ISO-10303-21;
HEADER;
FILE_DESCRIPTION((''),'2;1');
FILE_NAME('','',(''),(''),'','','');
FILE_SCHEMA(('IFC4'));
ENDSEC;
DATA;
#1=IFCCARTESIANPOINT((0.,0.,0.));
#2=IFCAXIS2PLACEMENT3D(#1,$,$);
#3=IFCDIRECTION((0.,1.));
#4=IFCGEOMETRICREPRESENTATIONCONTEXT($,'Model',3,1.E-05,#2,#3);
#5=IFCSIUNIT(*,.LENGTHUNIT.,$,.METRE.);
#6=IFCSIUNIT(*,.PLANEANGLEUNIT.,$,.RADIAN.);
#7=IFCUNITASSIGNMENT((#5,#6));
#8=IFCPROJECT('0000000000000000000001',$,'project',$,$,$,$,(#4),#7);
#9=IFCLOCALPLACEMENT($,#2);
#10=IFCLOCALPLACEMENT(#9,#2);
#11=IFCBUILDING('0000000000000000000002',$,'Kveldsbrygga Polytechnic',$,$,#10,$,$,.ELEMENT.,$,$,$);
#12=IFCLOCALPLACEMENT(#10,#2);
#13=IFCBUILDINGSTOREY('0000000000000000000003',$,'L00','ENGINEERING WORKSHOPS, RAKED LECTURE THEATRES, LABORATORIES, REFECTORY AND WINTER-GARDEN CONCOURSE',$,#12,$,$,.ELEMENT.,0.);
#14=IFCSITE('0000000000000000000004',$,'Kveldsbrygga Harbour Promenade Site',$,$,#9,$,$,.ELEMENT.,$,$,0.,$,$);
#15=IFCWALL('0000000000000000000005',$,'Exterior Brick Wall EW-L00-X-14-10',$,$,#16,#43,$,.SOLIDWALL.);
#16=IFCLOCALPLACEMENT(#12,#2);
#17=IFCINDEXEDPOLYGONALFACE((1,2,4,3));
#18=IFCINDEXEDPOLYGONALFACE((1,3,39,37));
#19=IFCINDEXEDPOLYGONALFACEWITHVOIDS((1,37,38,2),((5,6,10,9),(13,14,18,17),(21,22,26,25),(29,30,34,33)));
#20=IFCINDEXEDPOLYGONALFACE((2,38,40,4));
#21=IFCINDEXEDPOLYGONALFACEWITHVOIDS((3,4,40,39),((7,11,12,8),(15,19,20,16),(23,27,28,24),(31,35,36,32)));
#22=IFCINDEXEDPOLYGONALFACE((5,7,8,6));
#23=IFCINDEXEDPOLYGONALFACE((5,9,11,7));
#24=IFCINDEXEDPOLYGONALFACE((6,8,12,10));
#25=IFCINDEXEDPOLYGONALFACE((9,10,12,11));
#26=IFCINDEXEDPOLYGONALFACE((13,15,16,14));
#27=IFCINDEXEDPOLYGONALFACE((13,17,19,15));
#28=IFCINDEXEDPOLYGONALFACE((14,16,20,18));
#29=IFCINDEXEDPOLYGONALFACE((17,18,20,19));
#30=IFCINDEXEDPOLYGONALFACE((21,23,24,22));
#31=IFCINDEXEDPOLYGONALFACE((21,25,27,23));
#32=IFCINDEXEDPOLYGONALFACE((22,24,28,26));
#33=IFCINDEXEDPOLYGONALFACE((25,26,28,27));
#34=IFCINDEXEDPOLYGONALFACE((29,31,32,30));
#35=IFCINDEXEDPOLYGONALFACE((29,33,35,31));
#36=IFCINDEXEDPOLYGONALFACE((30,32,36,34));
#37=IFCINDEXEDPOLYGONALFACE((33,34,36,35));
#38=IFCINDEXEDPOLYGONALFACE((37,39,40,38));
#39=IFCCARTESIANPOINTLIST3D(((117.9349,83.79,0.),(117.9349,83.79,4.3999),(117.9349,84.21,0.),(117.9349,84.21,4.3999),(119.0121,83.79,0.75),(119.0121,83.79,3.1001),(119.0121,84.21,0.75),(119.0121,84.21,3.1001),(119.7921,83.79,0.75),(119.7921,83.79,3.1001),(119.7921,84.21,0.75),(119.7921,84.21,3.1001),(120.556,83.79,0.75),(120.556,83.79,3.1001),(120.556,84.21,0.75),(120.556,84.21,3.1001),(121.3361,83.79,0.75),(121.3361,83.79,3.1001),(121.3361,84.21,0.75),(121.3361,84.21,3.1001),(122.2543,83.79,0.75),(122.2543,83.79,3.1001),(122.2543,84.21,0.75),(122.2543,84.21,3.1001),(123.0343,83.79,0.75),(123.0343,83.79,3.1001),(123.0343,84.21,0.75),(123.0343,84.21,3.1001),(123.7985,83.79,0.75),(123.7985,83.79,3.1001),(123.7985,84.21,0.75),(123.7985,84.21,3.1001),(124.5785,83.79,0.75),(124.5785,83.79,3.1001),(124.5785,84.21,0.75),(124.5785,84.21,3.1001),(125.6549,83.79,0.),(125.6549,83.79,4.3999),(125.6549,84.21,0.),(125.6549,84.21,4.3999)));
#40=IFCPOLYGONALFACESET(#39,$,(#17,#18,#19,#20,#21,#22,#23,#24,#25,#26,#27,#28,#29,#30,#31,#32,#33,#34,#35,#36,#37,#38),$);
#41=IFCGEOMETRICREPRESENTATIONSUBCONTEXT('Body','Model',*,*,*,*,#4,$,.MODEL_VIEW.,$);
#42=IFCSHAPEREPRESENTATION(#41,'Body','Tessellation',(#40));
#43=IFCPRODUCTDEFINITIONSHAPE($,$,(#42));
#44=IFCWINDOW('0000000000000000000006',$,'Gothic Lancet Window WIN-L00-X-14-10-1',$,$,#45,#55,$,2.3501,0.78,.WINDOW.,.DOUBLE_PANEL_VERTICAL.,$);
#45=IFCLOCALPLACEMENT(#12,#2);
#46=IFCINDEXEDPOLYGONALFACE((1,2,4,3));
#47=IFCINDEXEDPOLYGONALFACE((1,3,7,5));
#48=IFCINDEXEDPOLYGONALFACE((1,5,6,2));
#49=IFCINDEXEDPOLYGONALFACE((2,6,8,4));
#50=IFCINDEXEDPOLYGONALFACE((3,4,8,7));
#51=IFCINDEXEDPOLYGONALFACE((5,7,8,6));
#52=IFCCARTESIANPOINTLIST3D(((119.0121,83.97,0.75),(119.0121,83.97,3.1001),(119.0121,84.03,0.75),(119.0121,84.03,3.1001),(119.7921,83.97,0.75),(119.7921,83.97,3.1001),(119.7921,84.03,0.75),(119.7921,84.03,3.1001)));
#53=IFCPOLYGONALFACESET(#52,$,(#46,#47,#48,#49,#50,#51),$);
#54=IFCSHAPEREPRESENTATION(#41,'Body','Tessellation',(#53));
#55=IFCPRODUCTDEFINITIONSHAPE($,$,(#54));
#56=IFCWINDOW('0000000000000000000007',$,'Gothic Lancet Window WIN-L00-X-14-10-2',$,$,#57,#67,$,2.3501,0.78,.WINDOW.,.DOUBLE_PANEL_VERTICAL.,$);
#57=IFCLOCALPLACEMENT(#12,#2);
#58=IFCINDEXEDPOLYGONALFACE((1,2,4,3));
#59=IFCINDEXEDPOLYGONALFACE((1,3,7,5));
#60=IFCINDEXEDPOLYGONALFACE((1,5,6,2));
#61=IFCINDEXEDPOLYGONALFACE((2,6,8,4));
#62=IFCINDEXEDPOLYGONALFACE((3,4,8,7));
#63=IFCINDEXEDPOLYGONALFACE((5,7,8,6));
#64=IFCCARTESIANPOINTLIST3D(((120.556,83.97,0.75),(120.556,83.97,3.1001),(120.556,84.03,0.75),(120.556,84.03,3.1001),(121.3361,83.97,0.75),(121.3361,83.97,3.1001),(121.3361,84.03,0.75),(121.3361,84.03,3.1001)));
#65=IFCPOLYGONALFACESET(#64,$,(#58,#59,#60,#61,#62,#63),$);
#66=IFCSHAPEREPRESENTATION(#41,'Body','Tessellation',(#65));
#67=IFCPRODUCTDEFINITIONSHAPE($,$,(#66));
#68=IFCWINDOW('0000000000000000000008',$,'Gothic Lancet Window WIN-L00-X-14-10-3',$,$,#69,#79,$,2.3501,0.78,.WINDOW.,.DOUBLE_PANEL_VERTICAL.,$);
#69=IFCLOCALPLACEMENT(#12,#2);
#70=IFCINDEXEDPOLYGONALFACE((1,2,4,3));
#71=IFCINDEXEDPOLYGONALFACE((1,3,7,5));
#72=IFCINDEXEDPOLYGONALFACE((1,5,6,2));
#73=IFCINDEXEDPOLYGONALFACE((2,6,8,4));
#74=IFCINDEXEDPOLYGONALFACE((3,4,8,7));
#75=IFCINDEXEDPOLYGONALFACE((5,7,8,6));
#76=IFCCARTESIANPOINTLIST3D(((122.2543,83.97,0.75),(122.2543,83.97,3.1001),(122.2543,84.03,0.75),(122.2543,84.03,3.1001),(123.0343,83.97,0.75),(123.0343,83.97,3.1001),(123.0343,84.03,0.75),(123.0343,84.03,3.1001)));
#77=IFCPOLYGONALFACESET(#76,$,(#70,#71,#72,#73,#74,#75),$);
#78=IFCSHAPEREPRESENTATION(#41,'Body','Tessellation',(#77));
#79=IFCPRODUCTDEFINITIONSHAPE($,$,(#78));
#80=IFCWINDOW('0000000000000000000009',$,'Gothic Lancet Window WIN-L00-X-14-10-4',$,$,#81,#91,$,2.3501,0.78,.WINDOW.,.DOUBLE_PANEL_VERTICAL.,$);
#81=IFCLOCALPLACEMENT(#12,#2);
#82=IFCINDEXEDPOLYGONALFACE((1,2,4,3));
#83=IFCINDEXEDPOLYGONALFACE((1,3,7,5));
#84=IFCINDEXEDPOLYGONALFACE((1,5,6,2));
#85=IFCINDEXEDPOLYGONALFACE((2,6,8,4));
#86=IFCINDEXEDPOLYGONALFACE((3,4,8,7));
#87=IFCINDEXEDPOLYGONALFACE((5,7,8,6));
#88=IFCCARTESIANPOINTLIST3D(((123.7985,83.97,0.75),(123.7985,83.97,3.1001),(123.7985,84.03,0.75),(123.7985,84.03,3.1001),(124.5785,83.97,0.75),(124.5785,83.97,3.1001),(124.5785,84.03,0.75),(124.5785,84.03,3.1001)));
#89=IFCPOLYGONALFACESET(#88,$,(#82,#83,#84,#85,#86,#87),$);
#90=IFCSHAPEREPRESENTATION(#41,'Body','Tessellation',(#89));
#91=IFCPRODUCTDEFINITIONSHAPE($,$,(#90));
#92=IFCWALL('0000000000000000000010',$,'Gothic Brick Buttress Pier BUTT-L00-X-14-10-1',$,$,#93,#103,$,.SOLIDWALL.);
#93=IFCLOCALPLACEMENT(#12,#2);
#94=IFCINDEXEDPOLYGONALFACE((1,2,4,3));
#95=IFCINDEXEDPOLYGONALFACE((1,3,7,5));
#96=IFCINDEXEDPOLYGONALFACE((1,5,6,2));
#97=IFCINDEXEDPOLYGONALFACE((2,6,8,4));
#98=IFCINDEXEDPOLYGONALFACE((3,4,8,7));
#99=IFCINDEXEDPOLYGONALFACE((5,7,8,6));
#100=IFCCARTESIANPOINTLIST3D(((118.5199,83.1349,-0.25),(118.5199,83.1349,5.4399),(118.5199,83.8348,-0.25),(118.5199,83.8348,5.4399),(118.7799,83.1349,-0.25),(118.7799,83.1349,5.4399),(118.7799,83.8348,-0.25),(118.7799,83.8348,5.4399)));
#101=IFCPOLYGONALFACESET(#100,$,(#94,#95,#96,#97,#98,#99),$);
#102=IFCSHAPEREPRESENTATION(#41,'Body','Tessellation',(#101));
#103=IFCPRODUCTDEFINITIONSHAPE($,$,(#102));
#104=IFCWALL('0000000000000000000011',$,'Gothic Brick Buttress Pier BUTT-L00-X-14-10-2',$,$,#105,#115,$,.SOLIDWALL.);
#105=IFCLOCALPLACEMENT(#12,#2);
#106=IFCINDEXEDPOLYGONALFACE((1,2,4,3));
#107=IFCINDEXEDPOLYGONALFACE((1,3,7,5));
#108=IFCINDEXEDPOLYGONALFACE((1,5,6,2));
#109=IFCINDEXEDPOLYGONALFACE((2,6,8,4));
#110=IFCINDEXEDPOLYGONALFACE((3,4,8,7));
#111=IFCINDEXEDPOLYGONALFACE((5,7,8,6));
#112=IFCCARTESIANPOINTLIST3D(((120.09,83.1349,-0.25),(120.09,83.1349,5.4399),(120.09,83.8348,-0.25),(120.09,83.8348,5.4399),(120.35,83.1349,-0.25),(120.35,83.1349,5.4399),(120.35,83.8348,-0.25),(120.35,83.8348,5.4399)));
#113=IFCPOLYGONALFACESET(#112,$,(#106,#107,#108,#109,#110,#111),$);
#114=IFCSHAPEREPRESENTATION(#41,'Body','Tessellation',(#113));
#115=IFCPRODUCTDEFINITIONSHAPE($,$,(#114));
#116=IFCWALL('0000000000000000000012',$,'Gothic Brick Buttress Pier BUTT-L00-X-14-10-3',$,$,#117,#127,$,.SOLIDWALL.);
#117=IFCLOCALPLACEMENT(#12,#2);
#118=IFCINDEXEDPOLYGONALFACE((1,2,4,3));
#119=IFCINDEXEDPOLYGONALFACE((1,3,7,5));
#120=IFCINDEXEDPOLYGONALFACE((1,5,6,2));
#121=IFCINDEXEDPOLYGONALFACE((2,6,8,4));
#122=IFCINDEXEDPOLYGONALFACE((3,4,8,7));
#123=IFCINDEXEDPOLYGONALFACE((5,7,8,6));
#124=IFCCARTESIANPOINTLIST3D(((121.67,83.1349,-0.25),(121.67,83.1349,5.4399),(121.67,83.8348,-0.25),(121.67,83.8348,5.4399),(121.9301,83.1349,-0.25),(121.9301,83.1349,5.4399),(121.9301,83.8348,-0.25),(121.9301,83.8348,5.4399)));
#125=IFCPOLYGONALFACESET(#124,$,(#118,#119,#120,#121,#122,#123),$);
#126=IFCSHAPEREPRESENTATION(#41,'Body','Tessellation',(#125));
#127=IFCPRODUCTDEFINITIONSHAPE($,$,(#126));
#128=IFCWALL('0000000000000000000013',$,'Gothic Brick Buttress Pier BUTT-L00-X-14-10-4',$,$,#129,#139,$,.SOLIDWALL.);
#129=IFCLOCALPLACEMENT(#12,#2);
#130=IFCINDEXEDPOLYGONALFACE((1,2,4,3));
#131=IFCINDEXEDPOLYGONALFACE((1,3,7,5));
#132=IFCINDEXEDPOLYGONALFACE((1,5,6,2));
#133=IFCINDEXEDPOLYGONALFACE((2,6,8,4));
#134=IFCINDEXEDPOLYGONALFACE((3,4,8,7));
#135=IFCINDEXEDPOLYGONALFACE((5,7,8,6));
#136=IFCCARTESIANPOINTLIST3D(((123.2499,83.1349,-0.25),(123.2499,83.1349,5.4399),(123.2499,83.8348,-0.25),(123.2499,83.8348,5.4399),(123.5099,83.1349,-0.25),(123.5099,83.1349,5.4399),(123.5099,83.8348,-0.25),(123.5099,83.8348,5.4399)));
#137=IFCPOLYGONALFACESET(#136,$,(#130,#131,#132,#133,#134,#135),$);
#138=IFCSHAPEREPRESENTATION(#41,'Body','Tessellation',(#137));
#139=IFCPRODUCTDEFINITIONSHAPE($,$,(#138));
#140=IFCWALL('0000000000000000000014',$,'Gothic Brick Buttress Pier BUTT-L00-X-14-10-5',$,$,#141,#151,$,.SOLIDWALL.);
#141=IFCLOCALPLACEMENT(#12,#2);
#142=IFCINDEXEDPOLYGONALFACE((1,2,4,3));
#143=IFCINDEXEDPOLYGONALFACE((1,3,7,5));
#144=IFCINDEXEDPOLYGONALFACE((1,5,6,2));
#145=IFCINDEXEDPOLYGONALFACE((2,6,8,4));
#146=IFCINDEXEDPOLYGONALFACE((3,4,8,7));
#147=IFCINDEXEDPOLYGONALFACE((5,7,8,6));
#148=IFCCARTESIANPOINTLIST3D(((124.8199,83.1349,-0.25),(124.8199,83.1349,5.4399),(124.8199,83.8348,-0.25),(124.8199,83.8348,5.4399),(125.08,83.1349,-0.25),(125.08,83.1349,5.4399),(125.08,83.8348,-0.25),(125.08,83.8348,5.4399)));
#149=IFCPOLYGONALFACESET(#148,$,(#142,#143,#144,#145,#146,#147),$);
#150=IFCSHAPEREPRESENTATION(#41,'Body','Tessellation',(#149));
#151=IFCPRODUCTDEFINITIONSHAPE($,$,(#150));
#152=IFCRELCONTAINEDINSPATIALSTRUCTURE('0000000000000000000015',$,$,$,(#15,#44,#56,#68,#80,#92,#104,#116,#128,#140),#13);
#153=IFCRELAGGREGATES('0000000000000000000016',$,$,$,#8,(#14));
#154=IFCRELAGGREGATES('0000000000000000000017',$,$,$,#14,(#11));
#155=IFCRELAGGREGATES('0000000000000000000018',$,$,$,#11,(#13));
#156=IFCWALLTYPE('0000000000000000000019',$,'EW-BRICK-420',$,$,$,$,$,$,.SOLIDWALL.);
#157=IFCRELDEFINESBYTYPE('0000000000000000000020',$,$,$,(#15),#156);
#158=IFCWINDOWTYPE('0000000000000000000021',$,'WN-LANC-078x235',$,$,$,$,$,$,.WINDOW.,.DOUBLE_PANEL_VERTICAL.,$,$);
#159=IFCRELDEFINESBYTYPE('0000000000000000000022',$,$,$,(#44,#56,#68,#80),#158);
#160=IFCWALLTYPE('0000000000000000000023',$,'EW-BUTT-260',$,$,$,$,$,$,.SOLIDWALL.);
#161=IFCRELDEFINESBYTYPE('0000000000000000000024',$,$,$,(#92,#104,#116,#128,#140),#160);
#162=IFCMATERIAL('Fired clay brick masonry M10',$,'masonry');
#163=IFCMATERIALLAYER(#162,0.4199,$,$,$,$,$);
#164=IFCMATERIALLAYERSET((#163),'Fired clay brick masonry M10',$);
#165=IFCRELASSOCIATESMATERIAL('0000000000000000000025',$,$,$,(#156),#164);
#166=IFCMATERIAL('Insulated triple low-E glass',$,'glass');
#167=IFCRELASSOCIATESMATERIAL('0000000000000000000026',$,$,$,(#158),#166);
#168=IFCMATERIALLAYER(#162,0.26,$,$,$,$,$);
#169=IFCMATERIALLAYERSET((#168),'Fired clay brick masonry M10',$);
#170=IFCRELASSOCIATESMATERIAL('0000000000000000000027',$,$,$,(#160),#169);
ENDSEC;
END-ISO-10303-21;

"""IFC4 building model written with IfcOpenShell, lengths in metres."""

from ifc_helpers import new_model, si_unit, direction, frame, frame_2d, origin, place, context, subcontext, project, spatial, rectangle, extrude, material, layer, layer_set, type_object, element, fill, save


model = new_model("IFC4")

# Units and contexts
model_context = context("Model", 3, precision=1e-05, world=origin(), true_north=direction((0.0, 1.0)))
body_context = subcontext(model_context, "Body", "Model", "MODEL_VIEW")
ifc_project = project(units=[si_unit("LENGTHUNIT", "METRE"), si_unit("PLANEANGLEUNIT", "RADIAN")], contexts=[model_context])

# Site, building, storey
site_placement = place(None, origin())
site = spatial("IfcSite", under=ifc_project, at=site_placement, Name="Kveldsbrygga Harbour Promenade Site", CompositionType="ELEMENT", RefElevation=0.0)
building_placement = place(site_placement, origin())
building = spatial("IfcBuilding", under=site, at=building_placement, Name="Kveldsbrygga Polytechnic", CompositionType="ELEMENT")
storey_placement = place(building_placement, origin())
storey = spatial("IfcBuildingStorey", under=building, at=storey_placement, Name="L00", Description="ENGINEERING WORKSHOPS, RAKED LECTURE THEATRES, LABORATORIES, REFECTORY AND WINTER-GARDEN CONCOURSE", CompositionType="ELEMENT", Elevation=0.0)

# Wall, openings, windows
ifc_material_1 = material(Name="Fired clay brick masonry M10", Category="masonry")
ifc_layer_1 = layer(ifc_material_1, 0.4199)
ifc_layer_set_1 = layer_set([ifc_layer_1], Name="Fired clay brick masonry M10")
wall_type_1 = type_object("IfcWallType", Name="EW-BRICK-420", PredefinedType="SOLIDWALL", material=ifc_layer_set_1)
wall_placement = place(storey_placement, frame((117.9351, 84.0, 0.0), z_axis=(0.0, 0.0, 1.0), x_axis=(1.0, 0.0, 0.0)))
wall = element("IfcWall", 1, at=wall_placement, inside=storey, type_object=wall_type_1, Name="Exterior Brick Wall EW-L00-X-14-10", PredefinedType="SOLIDWALL", context=body_context, shape_type="SweptSolid", body=[
    extrude(rectangle(XDim=7.72, YDim=0.4199, at=frame_2d((3.8599, 0.0))), origin(), (0.0, 0.0, 1.0), 4.3999),
])
opening_1_placement = place(wall_placement, frame((1.0769, 0.0, 0.75)))
opening_1 = element("IfcOpeningElement", 2, at=opening_1_placement, cuts=wall, PredefinedType="OPENING", context=body_context, shape_type="SweptSolid", body=[
    extrude(rectangle(XDim=0.78, YDim=2.3501, at=frame_2d((0.3901, 1.175))), frame((0.0, 0.22, 0.0), z_axis=(0.0, -1.0, 0.0), x_axis=(1.0, 0.0, 0.0)), (0.0, 0.0, 1.0), 0.4399),
])
opening_2_placement = place(wall_placement, frame((2.6208, 0.0, 0.75)))
opening_2 = element("IfcOpeningElement", 3, at=opening_2_placement, cuts=wall, PredefinedType="OPENING", context=body_context, shape_type="SweptSolid", body=[
    extrude(rectangle(XDim=0.78, YDim=2.3501, at=frame_2d((0.3901, 1.175))), frame((0.0, 0.22, 0.0), z_axis=(0.0, -1.0, 0.0), x_axis=(1.0, 0.0, 0.0)), (0.0, 0.0, 1.0), 0.4399),
])
opening_3_placement = place(wall_placement, frame((4.3191, 0.0, 0.75)))
opening_3 = element("IfcOpeningElement", 4, at=opening_3_placement, cuts=wall, PredefinedType="OPENING", context=body_context, shape_type="SweptSolid", body=[
    extrude(rectangle(XDim=0.78, YDim=2.3501, at=frame_2d((0.3901, 1.175))), frame((0.0, 0.22, 0.0), z_axis=(0.0, -1.0, 0.0), x_axis=(1.0, 0.0, 0.0)), (0.0, 0.0, 1.0), 0.4399),
])
opening_4_placement = place(wall_placement, frame((5.8633, 0.0, 0.75)))
opening_4 = element("IfcOpeningElement", 5, at=opening_4_placement, cuts=wall, PredefinedType="OPENING", context=body_context, shape_type="SweptSolid", body=[
    extrude(rectangle(XDim=0.78, YDim=2.3501, at=frame_2d((0.3901, 1.175))), frame((0.0, 0.22, 0.0), z_axis=(0.0, -1.0, 0.0), x_axis=(1.0, 0.0, 0.0)), (0.0, 0.0, 1.0), 0.4399),
])
ifc_material_2 = material(Name="Insulated triple low-E glass", Category="glass")
window_type = type_object("IfcWindowType", Name="WN-LANC-078x235", PartitioningType="DOUBLE_PANEL_VERTICAL", PredefinedType="WINDOW", material=ifc_material_2)
window_1_placement = place(opening_1_placement, origin())
window_1 = element("IfcWindow", 6, at=window_1_placement, inside=storey, type_object=window_type, Name="Gothic Lancet Window WIN-L00-X-14-10-1", OverallHeight=2.3501, OverallWidth=0.78, PartitioningType="DOUBLE_PANEL_VERTICAL", PredefinedType="WINDOW", context=body_context, shape_type="SweptSolid", body=[
    extrude(rectangle(XDim=0.78, YDim=2.3501, at=frame_2d((0.3901, 1.175))), frame((0.0, 0.03, 0.0), z_axis=(0.0, -1.0, 0.0), x_axis=(1.0, 0.0, 0.0)), (0.0, 0.0, 1.0), 0.0601),
])
fill(opening_1, window_1)
window_2_placement = place(opening_2_placement, origin())
window_2 = element("IfcWindow", 7, at=window_2_placement, inside=storey, type_object=window_type, Name="Gothic Lancet Window WIN-L00-X-14-10-2", OverallHeight=2.3501, OverallWidth=0.78, PartitioningType="DOUBLE_PANEL_VERTICAL", PredefinedType="WINDOW", context=body_context, shape_type="SweptSolid", body=[
    extrude(rectangle(XDim=0.78, YDim=2.3501, at=frame_2d((0.3901, 1.175))), frame((0.0, 0.03, 0.0), z_axis=(0.0, -1.0, 0.0), x_axis=(1.0, 0.0, 0.0)), (0.0, 0.0, 1.0), 0.0601),
])
fill(opening_2, window_2)
window_3_placement = place(opening_3_placement, origin())
window_3 = element("IfcWindow", 8, at=window_3_placement, inside=storey, type_object=window_type, Name="Gothic Lancet Window WIN-L00-X-14-10-3", OverallHeight=2.3501, OverallWidth=0.78, PartitioningType="DOUBLE_PANEL_VERTICAL", PredefinedType="WINDOW", context=body_context, shape_type="SweptSolid", body=[
    extrude(rectangle(XDim=0.78, YDim=2.3501, at=frame_2d((0.3901, 1.175))), frame((0.0, 0.03, 0.0), z_axis=(0.0, -1.0, 0.0), x_axis=(1.0, 0.0, 0.0)), (0.0, 0.0, 1.0), 0.0601),
])
fill(opening_3, window_3)
window_4_placement = place(opening_4_placement, origin())
window_4 = element("IfcWindow", 9, at=window_4_placement, inside=storey, type_object=window_type, Name="Gothic Lancet Window WIN-L00-X-14-10-4", OverallHeight=2.3501, OverallWidth=0.78, PartitioningType="DOUBLE_PANEL_VERTICAL", PredefinedType="WINDOW", context=body_context, shape_type="SweptSolid", body=[
    extrude(rectangle(XDim=0.78, YDim=2.3501, at=frame_2d((0.3901, 1.175))), frame((0.0, 0.03, 0.0), z_axis=(0.0, -1.0, 0.0), x_axis=(1.0, 0.0, 0.0)), (0.0, 0.0, 1.0), 0.0601),
])
fill(opening_4, window_4)

# Walls
ifc_layer_2 = layer(ifc_material_1, 0.26)
ifc_layer_set_2 = layer_set([ifc_layer_2], Name="Fired clay brick masonry M10")
wall_type_2 = type_object("IfcWallType", Name="EW-BUTT-260", PredefinedType="SOLIDWALL", material=ifc_layer_set_2)
for number, where, z_axis, x_axis, name in (
    (10, (118.6499, 83.835, -0.25), (0.0, 0.0, 1.0), (0.0, -1.0, 0.0), "Gothic Brick Buttress Pier BUTT-L00-X-14-10-1"),
    (11, (120.22, 83.835, -0.25), (0.0, 0.0, 1.0), (0.0, -1.0, 0.0), "Gothic Brick Buttress Pier BUTT-L00-X-14-10-2"),
    (12, (121.8, 83.835, -0.25), (0.0, 0.0, 1.0), (0.0, -1.0, 0.0), "Gothic Brick Buttress Pier BUTT-L00-X-14-10-3"),
    (13, (123.3799, 83.835, -0.25), (0.0, 0.0, 1.0), (0.0, -1.0, 0.0), "Gothic Brick Buttress Pier BUTT-L00-X-14-10-4"),
    (14, (124.95, 83.835, -0.25), (0.0, 0.0, 1.0), (0.0, -1.0, 0.0), "Gothic Brick Buttress Pier BUTT-L00-X-14-10-5"),
):
    element("IfcWall", number, at=place(storey_placement, frame(where, z_axis=z_axis, x_axis=x_axis)), inside=storey, type_object=wall_type_2, Name=name, PredefinedType="SOLIDWALL", context=body_context, shape_type="SweptSolid", body=[
        extrude(rectangle(XDim=0.7, YDim=0.26, at=frame_2d((0.3501, 0.0))), origin(), (0.0, 0.0, 1.0), 5.6899),
    ])

save(model, "model.ifc")
